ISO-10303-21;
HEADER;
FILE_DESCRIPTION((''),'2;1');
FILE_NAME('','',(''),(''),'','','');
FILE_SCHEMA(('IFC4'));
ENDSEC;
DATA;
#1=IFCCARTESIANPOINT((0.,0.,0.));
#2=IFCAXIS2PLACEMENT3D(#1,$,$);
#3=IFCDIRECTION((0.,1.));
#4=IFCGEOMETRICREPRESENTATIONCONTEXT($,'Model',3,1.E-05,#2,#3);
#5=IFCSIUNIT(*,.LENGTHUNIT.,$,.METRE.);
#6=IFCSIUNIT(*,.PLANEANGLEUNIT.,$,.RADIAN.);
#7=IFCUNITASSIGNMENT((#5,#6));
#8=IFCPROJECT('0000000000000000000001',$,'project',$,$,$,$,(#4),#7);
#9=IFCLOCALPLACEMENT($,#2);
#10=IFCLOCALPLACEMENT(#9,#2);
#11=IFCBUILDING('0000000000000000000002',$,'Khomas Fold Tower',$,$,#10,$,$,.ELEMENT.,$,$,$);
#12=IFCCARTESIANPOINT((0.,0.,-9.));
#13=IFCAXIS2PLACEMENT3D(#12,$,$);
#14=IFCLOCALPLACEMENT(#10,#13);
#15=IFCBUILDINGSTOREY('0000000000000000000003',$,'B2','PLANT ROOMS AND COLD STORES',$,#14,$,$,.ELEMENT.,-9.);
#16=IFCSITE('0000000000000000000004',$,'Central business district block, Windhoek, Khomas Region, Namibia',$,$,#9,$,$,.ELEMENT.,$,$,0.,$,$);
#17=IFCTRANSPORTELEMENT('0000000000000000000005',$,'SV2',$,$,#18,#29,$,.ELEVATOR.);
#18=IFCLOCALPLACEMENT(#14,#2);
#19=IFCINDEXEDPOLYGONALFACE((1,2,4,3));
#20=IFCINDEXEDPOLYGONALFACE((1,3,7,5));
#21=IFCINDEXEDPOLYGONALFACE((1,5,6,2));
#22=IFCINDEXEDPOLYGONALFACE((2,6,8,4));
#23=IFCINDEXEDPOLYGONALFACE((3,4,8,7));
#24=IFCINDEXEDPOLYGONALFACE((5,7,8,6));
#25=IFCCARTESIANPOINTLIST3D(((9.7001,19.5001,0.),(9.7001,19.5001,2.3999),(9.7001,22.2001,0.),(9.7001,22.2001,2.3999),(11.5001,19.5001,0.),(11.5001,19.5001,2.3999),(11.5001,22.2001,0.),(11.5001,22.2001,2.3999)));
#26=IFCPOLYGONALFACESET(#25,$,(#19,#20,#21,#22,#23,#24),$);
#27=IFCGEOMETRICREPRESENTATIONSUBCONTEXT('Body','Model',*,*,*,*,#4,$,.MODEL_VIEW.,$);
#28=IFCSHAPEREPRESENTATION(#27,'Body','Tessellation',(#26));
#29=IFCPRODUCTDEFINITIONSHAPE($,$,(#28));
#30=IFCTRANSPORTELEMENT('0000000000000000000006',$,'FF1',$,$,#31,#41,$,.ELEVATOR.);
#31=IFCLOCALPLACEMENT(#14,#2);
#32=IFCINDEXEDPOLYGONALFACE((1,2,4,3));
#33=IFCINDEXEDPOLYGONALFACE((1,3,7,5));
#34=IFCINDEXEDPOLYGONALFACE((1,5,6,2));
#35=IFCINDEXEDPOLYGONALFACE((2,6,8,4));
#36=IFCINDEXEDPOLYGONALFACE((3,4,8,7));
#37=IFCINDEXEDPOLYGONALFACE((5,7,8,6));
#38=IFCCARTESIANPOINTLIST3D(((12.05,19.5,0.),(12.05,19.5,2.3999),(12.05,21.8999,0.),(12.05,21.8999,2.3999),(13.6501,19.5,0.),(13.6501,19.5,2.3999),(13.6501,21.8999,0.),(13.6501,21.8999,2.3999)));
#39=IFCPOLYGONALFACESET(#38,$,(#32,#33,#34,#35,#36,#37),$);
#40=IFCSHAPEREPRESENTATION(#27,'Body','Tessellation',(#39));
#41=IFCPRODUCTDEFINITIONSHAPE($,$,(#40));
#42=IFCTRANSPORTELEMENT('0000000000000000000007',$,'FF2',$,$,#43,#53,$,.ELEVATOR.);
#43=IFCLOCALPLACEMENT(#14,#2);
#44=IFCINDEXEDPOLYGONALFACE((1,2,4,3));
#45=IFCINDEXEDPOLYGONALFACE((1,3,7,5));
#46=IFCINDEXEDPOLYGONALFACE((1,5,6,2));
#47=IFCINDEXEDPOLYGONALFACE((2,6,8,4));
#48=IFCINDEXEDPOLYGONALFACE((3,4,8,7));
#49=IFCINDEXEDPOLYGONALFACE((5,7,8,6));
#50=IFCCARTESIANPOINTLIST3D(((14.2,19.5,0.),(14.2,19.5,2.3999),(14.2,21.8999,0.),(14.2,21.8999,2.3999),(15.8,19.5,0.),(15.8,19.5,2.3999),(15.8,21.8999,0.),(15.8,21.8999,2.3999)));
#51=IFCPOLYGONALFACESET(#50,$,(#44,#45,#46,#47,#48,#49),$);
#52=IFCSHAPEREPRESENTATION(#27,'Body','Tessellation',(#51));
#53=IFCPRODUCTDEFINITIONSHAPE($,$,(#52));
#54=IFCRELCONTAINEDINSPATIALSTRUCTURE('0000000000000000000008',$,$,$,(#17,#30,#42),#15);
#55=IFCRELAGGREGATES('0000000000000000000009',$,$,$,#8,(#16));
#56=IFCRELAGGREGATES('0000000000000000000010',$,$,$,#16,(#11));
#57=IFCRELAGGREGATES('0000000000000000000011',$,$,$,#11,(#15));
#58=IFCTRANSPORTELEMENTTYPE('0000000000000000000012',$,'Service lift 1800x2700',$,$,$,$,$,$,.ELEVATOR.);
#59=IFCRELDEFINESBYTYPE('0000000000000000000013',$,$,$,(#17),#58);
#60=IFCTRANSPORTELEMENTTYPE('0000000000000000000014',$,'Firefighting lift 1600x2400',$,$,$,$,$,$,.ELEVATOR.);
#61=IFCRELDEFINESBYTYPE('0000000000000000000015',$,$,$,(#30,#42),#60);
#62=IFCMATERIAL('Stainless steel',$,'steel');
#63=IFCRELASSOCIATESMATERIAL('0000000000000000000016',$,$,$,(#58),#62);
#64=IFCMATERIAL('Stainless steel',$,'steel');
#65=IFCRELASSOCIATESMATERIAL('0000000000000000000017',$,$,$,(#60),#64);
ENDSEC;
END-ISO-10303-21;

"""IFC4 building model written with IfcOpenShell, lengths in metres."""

from ifc_helpers import new_model, si_unit, direction, frame, origin, origin_2d, place, context, subcontext, project, spatial, rectangle, extrude, source, transform, mapped, material, type_object, element, save


model = new_model("IFC4")

# Units and contexts
model_context = context("Model", 3, precision=1e-05, world=origin(), true_north=direction((0.0, 1.0)))
body_context = subcontext(model_context, "Body", "Model", "MODEL_VIEW")
ifc_project = project(units=[si_unit("LENGTHUNIT", "METRE"), si_unit("PLANEANGLEUNIT", "RADIAN")], contexts=[model_context])

# Site, building, storey
site_placement = place(None, origin())
site = spatial("IfcSite", under=ifc_project, at=site_placement, Name="Central business district block, Windhoek, Khomas Region, Namibia", CompositionType="ELEMENT", RefElevation=0.0)
building_placement = place(site_placement, origin())
building = spatial("IfcBuilding", under=site, at=building_placement, Name="Khomas Fold Tower", CompositionType="ELEMENT")
storey_placement = place(building_placement, frame((0.0, 0.0, -9.0)))
storey = spatial("IfcBuildingStorey", under=building, at=storey_placement, Name="B2", Description="PLANT ROOMS AND COLD STORES", CompositionType="ELEMENT", Elevation=-9.0)

# Transport elements
ifc_material_1 = material(Name="Stainless steel", Category="steel")
transport_element_type_1 = type_object("IfcTransportElementType", Name="Service lift 1800x2700", PredefinedType="ELEVATOR", material=ifc_material_1)
shared_shape_1 = source(origin(), body_context, "Body", "SweptSolid", [
    extrude(rectangle(XDim=1.8, YDim=2.7, at=origin_2d()), origin(), (0.0, 0.0, 1.0), 2.3999),
])
for number, where, z_axis, x_axis, name in (
    (1, (10.6001, 20.8501, 0.0), (0.0, 0.0, 1.0), (1.0, 0.0, 0.0), "SV2"),
):
    element("IfcTransportElement", number, at=place(storey_placement, frame(where, z_axis=z_axis, x_axis=x_axis)), inside=storey, type_object=transport_element_type_1, Name=name, PredefinedType="ELEVATOR", context=body_context, shape_type="MappedRepresentation", body=[
        mapped(shared_shape_1, transform((0.0, 0.0, 0.0))),
    ])
ifc_material_2 = material(Name="Stainless steel", Category="steel")
transport_element_type_2 = type_object("IfcTransportElementType", Name="Firefighting lift 1600x2400", PredefinedType="ELEVATOR", material=ifc_material_2)
shared_shape_2 = source(origin(), body_context, "Body", "SweptSolid", [
    extrude(rectangle(XDim=1.6001, YDim=2.3999, at=origin_2d()), origin(), (0.0, 0.0, 1.0), 2.3999),
])
for number, where, z_axis, x_axis, name in (
    (2, (12.8501, 20.7, 0.0), (0.0, 0.0, 1.0), (1.0, 0.0, 0.0), "FF1"),
    (3, (15.0, 20.7, 0.0), (0.0, 0.0, 1.0), (1.0, 0.0, 0.0), "FF2"),
):
    element("IfcTransportElement", number, at=place(storey_placement, frame(where, z_axis=z_axis, x_axis=x_axis)), inside=storey, type_object=transport_element_type_2, Name=name, PredefinedType="ELEVATOR", context=body_context, shape_type="MappedRepresentation", body=[
        mapped(shared_shape_2, transform((0.0, 0.0, 0.0))),
    ])

save(model, "model.ifc")
